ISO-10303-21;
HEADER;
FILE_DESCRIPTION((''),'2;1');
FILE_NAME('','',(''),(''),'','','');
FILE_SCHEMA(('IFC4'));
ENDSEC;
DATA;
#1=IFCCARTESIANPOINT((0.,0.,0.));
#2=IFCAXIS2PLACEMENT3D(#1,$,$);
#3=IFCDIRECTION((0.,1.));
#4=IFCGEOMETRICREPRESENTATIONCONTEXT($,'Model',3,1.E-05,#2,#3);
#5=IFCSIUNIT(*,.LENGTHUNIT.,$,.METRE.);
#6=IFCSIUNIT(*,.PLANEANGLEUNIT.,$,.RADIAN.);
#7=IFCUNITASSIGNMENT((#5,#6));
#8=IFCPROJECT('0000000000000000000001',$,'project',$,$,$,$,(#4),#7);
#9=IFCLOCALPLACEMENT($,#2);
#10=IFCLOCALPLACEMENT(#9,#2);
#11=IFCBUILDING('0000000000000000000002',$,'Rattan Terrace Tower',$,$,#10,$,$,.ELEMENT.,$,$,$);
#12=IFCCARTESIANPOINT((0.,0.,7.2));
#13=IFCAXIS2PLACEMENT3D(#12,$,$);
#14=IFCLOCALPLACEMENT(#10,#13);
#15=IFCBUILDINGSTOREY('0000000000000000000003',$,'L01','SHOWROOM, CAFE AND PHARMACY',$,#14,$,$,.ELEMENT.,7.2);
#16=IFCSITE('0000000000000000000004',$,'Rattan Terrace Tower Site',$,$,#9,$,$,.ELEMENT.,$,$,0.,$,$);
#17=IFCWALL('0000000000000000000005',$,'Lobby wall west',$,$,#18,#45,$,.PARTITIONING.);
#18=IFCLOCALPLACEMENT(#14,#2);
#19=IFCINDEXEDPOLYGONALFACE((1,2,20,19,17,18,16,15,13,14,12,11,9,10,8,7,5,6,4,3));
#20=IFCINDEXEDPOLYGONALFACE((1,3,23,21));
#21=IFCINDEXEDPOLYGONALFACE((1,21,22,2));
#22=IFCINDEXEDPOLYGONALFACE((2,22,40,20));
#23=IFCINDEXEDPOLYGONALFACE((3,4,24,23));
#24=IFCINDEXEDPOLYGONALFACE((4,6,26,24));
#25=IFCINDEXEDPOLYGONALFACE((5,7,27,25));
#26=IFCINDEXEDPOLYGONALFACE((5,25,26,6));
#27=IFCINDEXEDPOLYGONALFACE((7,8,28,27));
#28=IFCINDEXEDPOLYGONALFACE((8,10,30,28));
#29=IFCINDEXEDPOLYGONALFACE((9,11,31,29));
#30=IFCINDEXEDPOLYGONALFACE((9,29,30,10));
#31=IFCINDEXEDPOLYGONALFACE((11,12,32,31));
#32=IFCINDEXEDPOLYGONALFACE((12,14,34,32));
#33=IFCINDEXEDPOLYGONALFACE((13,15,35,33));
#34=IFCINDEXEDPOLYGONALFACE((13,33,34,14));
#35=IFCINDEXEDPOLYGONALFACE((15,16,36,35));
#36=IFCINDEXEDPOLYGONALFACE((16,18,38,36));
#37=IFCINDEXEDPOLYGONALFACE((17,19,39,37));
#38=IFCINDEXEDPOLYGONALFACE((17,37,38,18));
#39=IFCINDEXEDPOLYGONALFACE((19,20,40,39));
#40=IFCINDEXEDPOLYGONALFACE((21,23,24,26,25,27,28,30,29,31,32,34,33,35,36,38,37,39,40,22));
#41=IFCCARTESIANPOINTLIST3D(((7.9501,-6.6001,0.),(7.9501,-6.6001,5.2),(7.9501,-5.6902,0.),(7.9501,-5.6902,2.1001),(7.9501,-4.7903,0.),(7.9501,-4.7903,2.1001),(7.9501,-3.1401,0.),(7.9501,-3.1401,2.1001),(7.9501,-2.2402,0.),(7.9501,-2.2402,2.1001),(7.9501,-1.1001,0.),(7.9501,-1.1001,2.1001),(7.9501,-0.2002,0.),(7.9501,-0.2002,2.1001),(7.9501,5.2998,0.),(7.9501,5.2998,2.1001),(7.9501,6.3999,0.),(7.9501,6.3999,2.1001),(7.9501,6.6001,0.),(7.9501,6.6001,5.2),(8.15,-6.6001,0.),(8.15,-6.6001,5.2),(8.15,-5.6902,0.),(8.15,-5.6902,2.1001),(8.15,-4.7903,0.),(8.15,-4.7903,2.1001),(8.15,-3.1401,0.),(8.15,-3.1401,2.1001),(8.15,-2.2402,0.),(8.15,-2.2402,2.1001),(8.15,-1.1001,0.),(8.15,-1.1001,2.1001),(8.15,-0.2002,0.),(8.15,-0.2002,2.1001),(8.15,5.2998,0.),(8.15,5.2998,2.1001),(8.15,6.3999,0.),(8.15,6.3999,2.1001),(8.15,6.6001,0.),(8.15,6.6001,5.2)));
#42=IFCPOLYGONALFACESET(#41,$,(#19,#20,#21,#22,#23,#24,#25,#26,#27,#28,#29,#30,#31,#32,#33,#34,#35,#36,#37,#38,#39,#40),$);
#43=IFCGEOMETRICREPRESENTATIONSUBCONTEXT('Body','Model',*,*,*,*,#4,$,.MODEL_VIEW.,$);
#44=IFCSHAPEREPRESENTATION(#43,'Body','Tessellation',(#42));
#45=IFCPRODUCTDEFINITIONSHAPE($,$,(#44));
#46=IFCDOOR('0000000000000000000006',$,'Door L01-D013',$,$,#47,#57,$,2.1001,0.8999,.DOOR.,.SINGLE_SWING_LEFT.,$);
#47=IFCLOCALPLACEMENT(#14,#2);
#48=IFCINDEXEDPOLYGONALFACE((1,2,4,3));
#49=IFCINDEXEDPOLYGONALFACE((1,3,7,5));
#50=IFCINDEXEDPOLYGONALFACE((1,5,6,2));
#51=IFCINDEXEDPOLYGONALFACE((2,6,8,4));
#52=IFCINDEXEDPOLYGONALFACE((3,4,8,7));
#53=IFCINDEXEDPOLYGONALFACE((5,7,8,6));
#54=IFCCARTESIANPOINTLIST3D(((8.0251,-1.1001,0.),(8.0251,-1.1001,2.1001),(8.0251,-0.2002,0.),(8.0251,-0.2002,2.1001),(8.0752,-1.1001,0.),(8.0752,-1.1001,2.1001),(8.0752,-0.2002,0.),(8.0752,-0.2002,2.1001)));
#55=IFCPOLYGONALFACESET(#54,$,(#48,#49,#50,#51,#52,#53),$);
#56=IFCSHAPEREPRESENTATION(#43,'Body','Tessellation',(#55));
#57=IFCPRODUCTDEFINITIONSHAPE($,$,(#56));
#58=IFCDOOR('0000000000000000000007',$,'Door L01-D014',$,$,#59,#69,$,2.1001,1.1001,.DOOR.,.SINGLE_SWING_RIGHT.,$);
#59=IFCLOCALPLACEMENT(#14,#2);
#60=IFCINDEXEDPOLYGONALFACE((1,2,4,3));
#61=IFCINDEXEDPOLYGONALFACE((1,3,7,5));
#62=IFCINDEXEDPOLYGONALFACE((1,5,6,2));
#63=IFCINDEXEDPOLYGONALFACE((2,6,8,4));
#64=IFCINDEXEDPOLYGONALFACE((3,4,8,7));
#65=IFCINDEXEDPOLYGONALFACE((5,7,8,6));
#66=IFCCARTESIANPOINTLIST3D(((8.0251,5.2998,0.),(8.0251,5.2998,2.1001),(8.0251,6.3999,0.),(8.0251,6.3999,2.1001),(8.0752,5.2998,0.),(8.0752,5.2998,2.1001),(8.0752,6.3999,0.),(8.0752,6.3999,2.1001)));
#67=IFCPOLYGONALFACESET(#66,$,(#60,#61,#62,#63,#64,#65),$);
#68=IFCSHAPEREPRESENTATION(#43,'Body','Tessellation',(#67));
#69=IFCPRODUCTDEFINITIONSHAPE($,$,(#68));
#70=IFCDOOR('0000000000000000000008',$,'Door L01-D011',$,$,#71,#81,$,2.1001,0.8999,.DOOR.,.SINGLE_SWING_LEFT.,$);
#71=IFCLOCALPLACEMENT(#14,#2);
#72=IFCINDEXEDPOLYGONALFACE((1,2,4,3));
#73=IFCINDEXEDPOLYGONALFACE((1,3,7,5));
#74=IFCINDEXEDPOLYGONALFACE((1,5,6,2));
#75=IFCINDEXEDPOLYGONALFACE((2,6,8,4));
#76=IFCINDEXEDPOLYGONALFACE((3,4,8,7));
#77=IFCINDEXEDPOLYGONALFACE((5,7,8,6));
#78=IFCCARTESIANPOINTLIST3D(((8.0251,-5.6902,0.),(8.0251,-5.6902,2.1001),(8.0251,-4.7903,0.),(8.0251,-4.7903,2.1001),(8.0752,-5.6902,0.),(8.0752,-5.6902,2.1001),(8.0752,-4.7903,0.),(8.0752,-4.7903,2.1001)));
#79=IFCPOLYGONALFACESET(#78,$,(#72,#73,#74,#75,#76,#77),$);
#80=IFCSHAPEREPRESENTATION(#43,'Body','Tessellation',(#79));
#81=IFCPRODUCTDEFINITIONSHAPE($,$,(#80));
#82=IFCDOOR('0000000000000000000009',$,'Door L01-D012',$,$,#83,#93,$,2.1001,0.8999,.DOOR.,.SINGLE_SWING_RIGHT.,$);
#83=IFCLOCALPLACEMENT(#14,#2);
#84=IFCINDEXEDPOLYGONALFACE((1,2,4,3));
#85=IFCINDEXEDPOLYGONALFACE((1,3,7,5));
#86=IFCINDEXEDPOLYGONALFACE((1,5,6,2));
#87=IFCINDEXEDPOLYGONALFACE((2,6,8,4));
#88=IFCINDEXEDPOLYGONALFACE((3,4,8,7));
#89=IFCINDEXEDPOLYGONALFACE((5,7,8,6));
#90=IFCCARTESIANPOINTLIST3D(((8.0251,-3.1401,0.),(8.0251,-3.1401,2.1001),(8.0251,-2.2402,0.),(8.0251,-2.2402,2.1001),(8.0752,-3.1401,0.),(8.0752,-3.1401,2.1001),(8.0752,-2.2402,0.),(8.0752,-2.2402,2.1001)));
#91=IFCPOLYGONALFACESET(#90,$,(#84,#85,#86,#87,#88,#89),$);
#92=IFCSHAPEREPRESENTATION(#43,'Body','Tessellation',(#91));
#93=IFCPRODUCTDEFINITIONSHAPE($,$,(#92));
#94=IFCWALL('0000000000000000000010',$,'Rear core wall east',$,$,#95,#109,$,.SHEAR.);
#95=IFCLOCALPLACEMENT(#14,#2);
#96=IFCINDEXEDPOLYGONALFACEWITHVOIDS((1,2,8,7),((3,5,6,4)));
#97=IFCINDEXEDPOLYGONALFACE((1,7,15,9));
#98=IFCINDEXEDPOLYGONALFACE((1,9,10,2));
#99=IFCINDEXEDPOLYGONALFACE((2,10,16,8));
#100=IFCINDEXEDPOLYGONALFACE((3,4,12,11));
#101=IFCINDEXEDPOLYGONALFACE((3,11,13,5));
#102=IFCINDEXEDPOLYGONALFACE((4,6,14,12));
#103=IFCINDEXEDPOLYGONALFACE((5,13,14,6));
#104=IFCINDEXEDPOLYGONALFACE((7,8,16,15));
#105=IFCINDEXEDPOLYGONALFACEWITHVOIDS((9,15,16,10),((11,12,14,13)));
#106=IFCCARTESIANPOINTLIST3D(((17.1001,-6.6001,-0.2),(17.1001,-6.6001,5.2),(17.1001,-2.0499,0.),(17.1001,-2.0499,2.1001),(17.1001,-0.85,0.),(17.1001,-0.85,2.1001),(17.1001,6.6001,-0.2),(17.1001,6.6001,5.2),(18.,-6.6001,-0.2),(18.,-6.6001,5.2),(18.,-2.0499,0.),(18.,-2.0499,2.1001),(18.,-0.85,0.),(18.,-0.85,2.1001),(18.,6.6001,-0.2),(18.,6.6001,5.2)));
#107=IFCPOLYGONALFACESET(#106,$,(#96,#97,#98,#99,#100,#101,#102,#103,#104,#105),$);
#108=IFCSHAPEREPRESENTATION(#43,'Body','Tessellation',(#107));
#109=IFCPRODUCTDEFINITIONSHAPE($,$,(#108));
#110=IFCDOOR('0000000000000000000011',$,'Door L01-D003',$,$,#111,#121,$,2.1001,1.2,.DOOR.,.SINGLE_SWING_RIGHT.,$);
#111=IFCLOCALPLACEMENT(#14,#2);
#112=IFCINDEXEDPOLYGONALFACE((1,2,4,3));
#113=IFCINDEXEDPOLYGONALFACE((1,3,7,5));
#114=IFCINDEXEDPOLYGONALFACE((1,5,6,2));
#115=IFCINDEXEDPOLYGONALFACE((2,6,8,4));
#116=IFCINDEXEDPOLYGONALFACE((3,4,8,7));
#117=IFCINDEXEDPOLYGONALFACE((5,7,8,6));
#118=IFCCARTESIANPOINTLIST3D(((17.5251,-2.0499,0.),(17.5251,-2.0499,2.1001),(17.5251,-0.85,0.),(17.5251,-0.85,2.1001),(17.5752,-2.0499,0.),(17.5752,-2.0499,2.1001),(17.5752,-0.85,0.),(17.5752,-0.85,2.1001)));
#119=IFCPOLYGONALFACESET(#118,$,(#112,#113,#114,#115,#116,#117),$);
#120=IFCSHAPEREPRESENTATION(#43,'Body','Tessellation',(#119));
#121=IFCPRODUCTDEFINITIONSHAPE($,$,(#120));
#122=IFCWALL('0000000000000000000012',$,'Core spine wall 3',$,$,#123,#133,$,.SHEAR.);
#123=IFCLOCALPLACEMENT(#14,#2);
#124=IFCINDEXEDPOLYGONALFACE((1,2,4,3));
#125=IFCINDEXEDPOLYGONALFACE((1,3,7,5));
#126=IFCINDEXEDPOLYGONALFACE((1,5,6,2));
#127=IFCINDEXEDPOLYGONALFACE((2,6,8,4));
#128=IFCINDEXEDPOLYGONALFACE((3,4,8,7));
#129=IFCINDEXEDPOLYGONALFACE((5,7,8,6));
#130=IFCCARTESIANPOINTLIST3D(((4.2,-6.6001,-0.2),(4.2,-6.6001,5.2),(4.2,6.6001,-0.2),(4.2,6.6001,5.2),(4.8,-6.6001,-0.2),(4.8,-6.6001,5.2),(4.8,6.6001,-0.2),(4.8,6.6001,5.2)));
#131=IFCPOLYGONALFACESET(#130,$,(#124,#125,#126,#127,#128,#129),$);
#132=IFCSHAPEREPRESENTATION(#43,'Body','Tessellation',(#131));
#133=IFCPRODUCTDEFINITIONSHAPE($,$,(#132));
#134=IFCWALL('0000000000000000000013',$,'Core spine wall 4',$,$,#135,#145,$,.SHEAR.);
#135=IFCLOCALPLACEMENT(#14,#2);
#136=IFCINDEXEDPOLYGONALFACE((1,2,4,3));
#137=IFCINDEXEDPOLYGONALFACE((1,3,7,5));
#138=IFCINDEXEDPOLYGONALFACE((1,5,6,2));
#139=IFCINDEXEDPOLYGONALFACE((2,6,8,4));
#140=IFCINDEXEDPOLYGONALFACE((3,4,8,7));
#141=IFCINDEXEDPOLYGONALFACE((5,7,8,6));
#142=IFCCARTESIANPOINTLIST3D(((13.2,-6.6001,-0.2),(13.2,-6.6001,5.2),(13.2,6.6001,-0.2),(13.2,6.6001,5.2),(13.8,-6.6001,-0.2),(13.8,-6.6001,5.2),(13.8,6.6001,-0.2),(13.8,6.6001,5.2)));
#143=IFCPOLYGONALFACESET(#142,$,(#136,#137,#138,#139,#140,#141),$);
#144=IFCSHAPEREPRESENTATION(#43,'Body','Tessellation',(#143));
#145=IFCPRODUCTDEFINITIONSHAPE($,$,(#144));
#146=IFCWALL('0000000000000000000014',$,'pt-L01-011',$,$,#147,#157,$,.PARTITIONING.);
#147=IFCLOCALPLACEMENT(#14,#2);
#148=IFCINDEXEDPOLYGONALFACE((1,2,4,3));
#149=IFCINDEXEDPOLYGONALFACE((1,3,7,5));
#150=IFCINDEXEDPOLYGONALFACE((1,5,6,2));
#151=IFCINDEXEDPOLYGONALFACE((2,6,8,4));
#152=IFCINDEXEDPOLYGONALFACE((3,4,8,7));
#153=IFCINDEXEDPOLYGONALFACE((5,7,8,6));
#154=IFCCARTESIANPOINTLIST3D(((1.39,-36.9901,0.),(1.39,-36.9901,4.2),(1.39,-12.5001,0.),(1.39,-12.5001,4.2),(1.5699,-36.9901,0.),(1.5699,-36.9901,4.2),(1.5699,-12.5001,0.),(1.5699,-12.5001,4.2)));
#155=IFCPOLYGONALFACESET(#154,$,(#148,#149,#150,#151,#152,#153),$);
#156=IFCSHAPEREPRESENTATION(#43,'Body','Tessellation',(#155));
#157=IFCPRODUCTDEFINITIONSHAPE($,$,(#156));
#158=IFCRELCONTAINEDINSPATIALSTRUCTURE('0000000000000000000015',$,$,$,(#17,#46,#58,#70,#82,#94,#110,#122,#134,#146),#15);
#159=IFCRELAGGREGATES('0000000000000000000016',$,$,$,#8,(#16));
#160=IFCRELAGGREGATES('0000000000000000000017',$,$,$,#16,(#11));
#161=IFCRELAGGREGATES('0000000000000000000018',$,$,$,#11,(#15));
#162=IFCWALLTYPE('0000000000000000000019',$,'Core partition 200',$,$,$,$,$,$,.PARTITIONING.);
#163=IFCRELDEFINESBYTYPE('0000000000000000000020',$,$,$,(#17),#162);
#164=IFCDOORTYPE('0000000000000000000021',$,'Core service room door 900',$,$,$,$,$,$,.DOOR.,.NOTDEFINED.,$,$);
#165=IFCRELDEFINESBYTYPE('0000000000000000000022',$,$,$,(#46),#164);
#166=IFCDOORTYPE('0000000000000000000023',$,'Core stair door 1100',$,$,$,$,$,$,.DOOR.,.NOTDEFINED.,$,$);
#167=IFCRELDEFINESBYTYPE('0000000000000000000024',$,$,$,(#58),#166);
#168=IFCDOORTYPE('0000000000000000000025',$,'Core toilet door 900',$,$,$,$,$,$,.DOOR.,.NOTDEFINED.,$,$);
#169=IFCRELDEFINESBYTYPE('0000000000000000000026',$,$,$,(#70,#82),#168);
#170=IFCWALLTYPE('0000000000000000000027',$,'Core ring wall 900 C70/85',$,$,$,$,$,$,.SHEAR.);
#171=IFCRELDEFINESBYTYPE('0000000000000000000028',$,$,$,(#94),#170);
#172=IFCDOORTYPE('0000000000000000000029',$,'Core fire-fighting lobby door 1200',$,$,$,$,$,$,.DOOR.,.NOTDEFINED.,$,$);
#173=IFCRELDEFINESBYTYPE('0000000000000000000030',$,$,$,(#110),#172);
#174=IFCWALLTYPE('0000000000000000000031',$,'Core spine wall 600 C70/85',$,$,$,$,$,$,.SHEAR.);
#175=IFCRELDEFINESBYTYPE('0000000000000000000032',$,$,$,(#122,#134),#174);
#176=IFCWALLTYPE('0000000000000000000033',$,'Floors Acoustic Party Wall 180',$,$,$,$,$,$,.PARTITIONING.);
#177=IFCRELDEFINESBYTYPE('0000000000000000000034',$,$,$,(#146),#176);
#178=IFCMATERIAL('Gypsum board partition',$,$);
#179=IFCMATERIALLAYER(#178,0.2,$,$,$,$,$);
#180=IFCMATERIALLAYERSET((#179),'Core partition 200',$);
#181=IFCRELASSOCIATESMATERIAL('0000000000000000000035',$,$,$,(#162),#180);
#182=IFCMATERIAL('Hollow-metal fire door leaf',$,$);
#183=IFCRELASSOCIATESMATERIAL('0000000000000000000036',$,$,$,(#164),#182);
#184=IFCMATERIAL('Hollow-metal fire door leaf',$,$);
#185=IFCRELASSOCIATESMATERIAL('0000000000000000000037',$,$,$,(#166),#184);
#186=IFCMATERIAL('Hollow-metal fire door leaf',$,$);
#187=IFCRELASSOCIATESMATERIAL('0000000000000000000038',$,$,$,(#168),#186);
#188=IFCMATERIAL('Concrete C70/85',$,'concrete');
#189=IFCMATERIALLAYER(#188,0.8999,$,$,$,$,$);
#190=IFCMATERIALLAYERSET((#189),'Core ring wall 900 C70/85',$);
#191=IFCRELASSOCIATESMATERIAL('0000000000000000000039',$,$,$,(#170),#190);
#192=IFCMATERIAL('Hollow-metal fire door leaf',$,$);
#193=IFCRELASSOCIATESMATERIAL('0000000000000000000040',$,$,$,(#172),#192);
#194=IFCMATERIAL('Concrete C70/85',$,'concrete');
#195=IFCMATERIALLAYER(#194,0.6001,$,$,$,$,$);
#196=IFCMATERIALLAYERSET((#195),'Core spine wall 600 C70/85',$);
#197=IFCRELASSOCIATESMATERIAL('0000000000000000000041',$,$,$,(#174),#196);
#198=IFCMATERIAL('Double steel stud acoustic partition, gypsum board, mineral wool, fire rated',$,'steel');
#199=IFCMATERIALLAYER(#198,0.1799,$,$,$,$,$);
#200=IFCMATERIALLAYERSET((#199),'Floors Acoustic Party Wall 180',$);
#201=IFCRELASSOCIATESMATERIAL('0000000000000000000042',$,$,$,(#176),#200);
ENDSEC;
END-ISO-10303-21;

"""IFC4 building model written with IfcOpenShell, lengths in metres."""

from ifc_helpers import new_model, si_unit, direction, frame, frame_2d, origin, place, context, subcontext, project, spatial, rectangle, extrude, material, layer, layer_set, type_object, element, fill, save


model = new_model("IFC4")

# Units and contexts
model_context = context("Model", 3, precision=1e-05, world=origin(), true_north=direction((0.0, 1.0)))
body_context = subcontext(model_context, "Body", "Model", "MODEL_VIEW")
ifc_project = project(units=[si_unit("LENGTHUNIT", "METRE"), si_unit("PLANEANGLEUNIT", "RADIAN")], contexts=[model_context])

# Site, building, storey
site_placement = place(None, origin())
site = spatial("IfcSite", under=ifc_project, at=site_placement, Name="Rattan Terrace Tower Site", CompositionType="ELEMENT", RefElevation=0.0)
building_placement = place(site_placement, origin())
building = spatial("IfcBuilding", under=site, at=building_placement, Name="Rattan Terrace Tower", CompositionType="ELEMENT")
storey_placement = place(building_placement, frame((0.0, 0.0, 7.2)))
storey = spatial("IfcBuildingStorey", under=building, at=storey_placement, Name="L01", Description="SHOWROOM, CAFE AND PHARMACY", CompositionType="ELEMENT", Elevation=7.2)

# Shared definitions
ifc_material_1 = material(Name="Gypsum board partition")
ifc_layer_1 = layer(ifc_material_1, 0.2)
ifc_layer_set_1 = layer_set([ifc_layer_1], Name="Core partition 200")
wall_type_1 = type_object("IfcWallType", Name="Core partition 200", PredefinedType="PARTITIONING", material=ifc_layer_set_1)

# Wall, openings, doors
wall_1_placement = place(storey_placement, frame((8.05, -6.6001, 0.0), z_axis=(0.0, 0.0, 1.0), x_axis=(0.0, 1.0, 0.0)))
wall_1 = element("IfcWall", 1, at=wall_1_placement, inside=storey, type_object=wall_type_1, Name="Lobby wall west", PredefinedType="PARTITIONING", context=body_context, shape_type="SweptSolid", body=[
    extrude(rectangle(XDim=13.2002, YDim=0.2, at=frame_2d((6.6001, 0.0))), origin(), (0.0, 0.0, 1.0), 5.2),
])
opening_1_placement = place(wall_1_placement, frame((0.9099, 0.0, 0.0)))
opening_1 = element("IfcOpeningElement", 2, at=opening_1_placement, cuts=wall_1, PredefinedType="OPENING", context=body_context, shape_type="SweptSolid", body=[
    extrude(rectangle(XDim=0.8999, YDim=2.1001, at=frame_2d((0.45, 1.05))), frame((0.0, 0.1106, 0.0), z_axis=(0.0, -1.0, 0.0), x_axis=(1.0, 0.0, 0.0)), (0.0, 0.0, 1.0), 0.2209),
])
opening_2_placement = place(wall_1_placement, frame((3.46, 0.0, 0.0)))
opening_2 = element("IfcOpeningElement", 3, at=opening_2_placement, cuts=wall_1, PredefinedType="OPENING", context=body_context, shape_type="SweptSolid", body=[
    extrude(rectangle(XDim=0.8999, YDim=2.1001, at=frame_2d((0.45, 1.05))), frame((0.0, 0.1106, 0.0), z_axis=(0.0, -1.0, 0.0), x_axis=(1.0, 0.0, 0.0)), (0.0, 0.0, 1.0), 0.2209),
])
opening_3_placement = place(wall_1_placement, frame((5.5, 0.0, 0.0)))
opening_3 = element("IfcOpeningElement", 4, at=opening_3_placement, cuts=wall_1, PredefinedType="OPENING", context=body_context, shape_type="SweptSolid", body=[
    extrude(rectangle(XDim=0.8999, YDim=2.1001, at=frame_2d((0.45, 1.05))), frame((0.0, 0.1106, 0.0), z_axis=(0.0, -1.0, 0.0), x_axis=(1.0, 0.0, 0.0)), (0.0, 0.0, 1.0), 0.2209),
])
opening_4_placement = place(wall_1_placement, frame((11.8999, 0.0, 0.0)))
opening_4 = element("IfcOpeningElement", 5, at=opening_4_placement, cuts=wall_1, PredefinedType="OPENING", context=body_context, shape_type="SweptSolid", body=[
    extrude(rectangle(XDim=1.1001, YDim=2.1001, at=frame_2d((0.55, 1.05))), frame((0.0, 0.1106, 0.0), z_axis=(0.0, -1.0, 0.0), x_axis=(1.0, 0.0, 0.0)), (0.0, 0.0, 1.0), 0.2209),
])
ifc_material_2 = material(Name="Hollow-metal fire door leaf")
door_type_1 = type_object("IfcDoorType", Name="Core service room door 900", OperationType="NOTDEFINED", PredefinedType="DOOR", material=ifc_material_2)
door_1_placement = place(opening_3_placement, origin())
door_1 = element("IfcDoor", 6, at=door_1_placement, inside=storey, type_object=door_type_1, Name="Door L01-D013", OperationType="SINGLE_SWING_LEFT", OverallHeight=2.1001, OverallWidth=0.8999, PredefinedType="DOOR", context=body_context, shape_type="SweptSolid", body=[
    extrude(rectangle(XDim=0.8999, YDim=2.1001, at=frame_2d((0.45, 1.05))), frame((0.0, 0.0249, 0.0), z_axis=(0.0, -1.0, 0.0), x_axis=(1.0, 0.0, 0.0)), (0.0, 0.0, 1.0), 0.05),
])
fill(opening_3, door_1)
ifc_material_3 = material(Name="Hollow-metal fire door leaf")
door_type_2 = type_object("IfcDoorType", Name="Core stair door 1100", OperationType="NOTDEFINED", PredefinedType="DOOR", material=ifc_material_3)
door_2_placement = place(opening_4_placement, origin())
door_2 = element("IfcDoor", 7, at=door_2_placement, inside=storey, type_object=door_type_2, Name="Door L01-D014", OperationType="SINGLE_SWING_RIGHT", OverallHeight=2.1001, OverallWidth=1.1001, PredefinedType="DOOR", context=body_context, shape_type="SweptSolid", body=[
    extrude(rectangle(XDim=1.1001, YDim=2.1001, at=frame_2d((0.55, 1.05))), frame((0.0, 0.0249, 0.0), z_axis=(0.0, -1.0, 0.0), x_axis=(1.0, 0.0, 0.0)), (0.0, 0.0, 1.0), 0.05),
])
fill(opening_4, door_2)
ifc_material_4 = material(Name="Hollow-metal fire door leaf")
door_type_3 = type_object("IfcDoorType", Name="Core toilet door 900", OperationType="NOTDEFINED", PredefinedType="DOOR", material=ifc_material_4)
door_3_placement = place(opening_1_placement, origin())
door_3 = element("IfcDoor", 8, at=door_3_placement, inside=storey, type_object=door_type_3, Name="Door L01-D011", OperationType="SINGLE_SWING_LEFT", OverallHeight=2.1001, OverallWidth=0.8999, PredefinedType="DOOR", context=body_context, shape_type="SweptSolid", body=[
    extrude(rectangle(XDim=0.8999, YDim=2.1001, at=frame_2d((0.45, 1.05))), frame((0.0, 0.0249, 0.0), z_axis=(0.0, -1.0, 0.0), x_axis=(1.0, 0.0, 0.0)), (0.0, 0.0, 1.0), 0.05),
])
fill(opening_1, door_3)
door_4_placement = place(opening_2_placement, origin())
door_4 = element("IfcDoor", 9, at=door_4_placement, inside=storey, type_object=door_type_3, Name="Door L01-D012", OperationType="SINGLE_SWING_RIGHT", OverallHeight=2.1001, OverallWidth=0.8999, PredefinedType="DOOR", context=body_context, shape_type="SweptSolid", body=[
    extrude(rectangle(XDim=0.8999, YDim=2.1001, at=frame_2d((0.45, 1.05))), frame((0.0, 0.0249, 0.0), z_axis=(0.0, -1.0, 0.0), x_axis=(1.0, 0.0, 0.0)), (0.0, 0.0, 1.0), 0.05),
])
fill(opening_2, door_4)

# Wall, opening, door
ifc_material_5 = material(Name="Concrete C70/85", Category="concrete")
ifc_layer_2 = layer(ifc_material_5, 0.8999)
ifc_layer_set_2 = layer_set([ifc_layer_2], Name="Core ring wall 900 C70/85")
wall_type_2 = type_object("IfcWallType", Name="Core ring wall 900 C70/85", PredefinedType="SHEAR", material=ifc_layer_set_2)
wall_2_placement = place(storey_placement, frame((17.55, -6.6001, -0.2), z_axis=(0.0, 0.0, 1.0), x_axis=(0.0, 1.0, 0.0)))
wall_2 = element("IfcWall", 10, at=wall_2_placement, inside=storey, type_object=wall_type_2, Name="Rear core wall east", PredefinedType="SHEAR", context=body_context, shape_type="SweptSolid", body=[
    extrude(rectangle(XDim=13.2002, YDim=0.8999, at=frame_2d((6.6001, 0.0))), origin(), (0.0, 0.0, 1.0), 5.3999),
])
opening_5_placement = place(wall_2_placement, frame((4.55, 0.0, 0.2)))
opening_5 = element("IfcOpeningElement", 11, at=opening_5_placement, cuts=wall_2, PredefinedType="OPENING", context=body_context, shape_type="SweptSolid", body=[
    extrude(rectangle(XDim=1.2, YDim=2.1001, at=frame_2d((0.6001, 1.05))), frame((0.0, 0.4604, 0.0), z_axis=(0.0, -1.0, 0.0), x_axis=(1.0, 0.0, 0.0)), (0.0, 0.0, 1.0), 0.9209),
])
ifc_material_6 = material(Name="Hollow-metal fire door leaf")
door_type_4 = type_object("IfcDoorType", Name="Core fire-fighting lobby door 1200", OperationType="NOTDEFINED", PredefinedType="DOOR", material=ifc_material_6)
door_5_placement = place(opening_5_placement, origin())
door_5 = element("IfcDoor", 12, at=door_5_placement, inside=storey, type_object=door_type_4, Name="Door L01-D003", OperationType="SINGLE_SWING_RIGHT", OverallHeight=2.1001, OverallWidth=1.2, PredefinedType="DOOR", context=body_context, shape_type="SweptSolid", body=[
    extrude(rectangle(XDim=1.2, YDim=2.1001, at=frame_2d((0.6001, 1.05))), frame((0.0, 0.0249, 0.0), z_axis=(0.0, -1.0, 0.0), x_axis=(1.0, 0.0, 0.0)), (0.0, 0.0, 1.0), 0.05),
])
fill(opening_5, door_5)

# Walls
ifc_material_7 = material(Name="Concrete C70/85", Category="concrete")
ifc_layer_3 = layer(ifc_material_7, 0.6001)
ifc_layer_set_3 = layer_set([ifc_layer_3], Name="Core spine wall 600 C70/85")
wall_type_3 = type_object("IfcWallType", Name="Core spine wall 600 C70/85", PredefinedType="SHEAR", material=ifc_layer_set_3)
for number, where, z_axis, x_axis, name in (
    (13, (4.5, -6.6001, -0.2), (0.0, 0.0, 1.0), (0.0, 1.0, 0.0), "Core spine wall 3"),
    (14, (13.5, -6.6001, -0.2), (0.0, 0.0, 1.0), (0.0, 1.0, 0.0), "Core spine wall 4"),
):
    element("IfcWall", number, at=place(storey_placement, frame(where, z_axis=z_axis, x_axis=x_axis)), inside=storey, type_object=wall_type_3, Name=name, PredefinedType="SHEAR", context=body_context, shape_type="SweptSolid", body=[
        extrude(rectangle(XDim=13.2002, YDim=0.6001, at=frame_2d((6.6001, 0.0))), origin(), (0.0, 0.0, 1.0), 5.3999),
    ])
ifc_material_8 = material(Name="Double steel stud acoustic partition, gypsum board, mineral wool, fire rated", Category="steel")
ifc_layer_4 = layer(ifc_material_8, 0.1799)
ifc_layer_set_4 = layer_set([ifc_layer_4], Name="Floors Acoustic Party Wall 180")
wall_type_4 = type_object("IfcWallType", Name="Floors Acoustic Party Wall 180", PredefinedType="PARTITIONING", material=ifc_layer_set_4)
wall_3_placement = place(storey_placement, frame((1.48, -12.5, 0.0), z_axis=(0.0, 0.0, 1.0), x_axis=(0.0, -1.0, 0.0)))
element("IfcWall", 15, at=wall_3_placement, inside=storey, type_object=wall_type_4, Name="pt-L01-011", PredefinedType="PARTITIONING", context=body_context, shape_type="SweptSolid", body=[
    extrude(rectangle(XDim=24.49, YDim=0.1799, at=frame_2d((12.2451, 0.0))), origin(), (0.0, 0.0, 1.0), 4.2),
])

save(model, "model.ifc")
